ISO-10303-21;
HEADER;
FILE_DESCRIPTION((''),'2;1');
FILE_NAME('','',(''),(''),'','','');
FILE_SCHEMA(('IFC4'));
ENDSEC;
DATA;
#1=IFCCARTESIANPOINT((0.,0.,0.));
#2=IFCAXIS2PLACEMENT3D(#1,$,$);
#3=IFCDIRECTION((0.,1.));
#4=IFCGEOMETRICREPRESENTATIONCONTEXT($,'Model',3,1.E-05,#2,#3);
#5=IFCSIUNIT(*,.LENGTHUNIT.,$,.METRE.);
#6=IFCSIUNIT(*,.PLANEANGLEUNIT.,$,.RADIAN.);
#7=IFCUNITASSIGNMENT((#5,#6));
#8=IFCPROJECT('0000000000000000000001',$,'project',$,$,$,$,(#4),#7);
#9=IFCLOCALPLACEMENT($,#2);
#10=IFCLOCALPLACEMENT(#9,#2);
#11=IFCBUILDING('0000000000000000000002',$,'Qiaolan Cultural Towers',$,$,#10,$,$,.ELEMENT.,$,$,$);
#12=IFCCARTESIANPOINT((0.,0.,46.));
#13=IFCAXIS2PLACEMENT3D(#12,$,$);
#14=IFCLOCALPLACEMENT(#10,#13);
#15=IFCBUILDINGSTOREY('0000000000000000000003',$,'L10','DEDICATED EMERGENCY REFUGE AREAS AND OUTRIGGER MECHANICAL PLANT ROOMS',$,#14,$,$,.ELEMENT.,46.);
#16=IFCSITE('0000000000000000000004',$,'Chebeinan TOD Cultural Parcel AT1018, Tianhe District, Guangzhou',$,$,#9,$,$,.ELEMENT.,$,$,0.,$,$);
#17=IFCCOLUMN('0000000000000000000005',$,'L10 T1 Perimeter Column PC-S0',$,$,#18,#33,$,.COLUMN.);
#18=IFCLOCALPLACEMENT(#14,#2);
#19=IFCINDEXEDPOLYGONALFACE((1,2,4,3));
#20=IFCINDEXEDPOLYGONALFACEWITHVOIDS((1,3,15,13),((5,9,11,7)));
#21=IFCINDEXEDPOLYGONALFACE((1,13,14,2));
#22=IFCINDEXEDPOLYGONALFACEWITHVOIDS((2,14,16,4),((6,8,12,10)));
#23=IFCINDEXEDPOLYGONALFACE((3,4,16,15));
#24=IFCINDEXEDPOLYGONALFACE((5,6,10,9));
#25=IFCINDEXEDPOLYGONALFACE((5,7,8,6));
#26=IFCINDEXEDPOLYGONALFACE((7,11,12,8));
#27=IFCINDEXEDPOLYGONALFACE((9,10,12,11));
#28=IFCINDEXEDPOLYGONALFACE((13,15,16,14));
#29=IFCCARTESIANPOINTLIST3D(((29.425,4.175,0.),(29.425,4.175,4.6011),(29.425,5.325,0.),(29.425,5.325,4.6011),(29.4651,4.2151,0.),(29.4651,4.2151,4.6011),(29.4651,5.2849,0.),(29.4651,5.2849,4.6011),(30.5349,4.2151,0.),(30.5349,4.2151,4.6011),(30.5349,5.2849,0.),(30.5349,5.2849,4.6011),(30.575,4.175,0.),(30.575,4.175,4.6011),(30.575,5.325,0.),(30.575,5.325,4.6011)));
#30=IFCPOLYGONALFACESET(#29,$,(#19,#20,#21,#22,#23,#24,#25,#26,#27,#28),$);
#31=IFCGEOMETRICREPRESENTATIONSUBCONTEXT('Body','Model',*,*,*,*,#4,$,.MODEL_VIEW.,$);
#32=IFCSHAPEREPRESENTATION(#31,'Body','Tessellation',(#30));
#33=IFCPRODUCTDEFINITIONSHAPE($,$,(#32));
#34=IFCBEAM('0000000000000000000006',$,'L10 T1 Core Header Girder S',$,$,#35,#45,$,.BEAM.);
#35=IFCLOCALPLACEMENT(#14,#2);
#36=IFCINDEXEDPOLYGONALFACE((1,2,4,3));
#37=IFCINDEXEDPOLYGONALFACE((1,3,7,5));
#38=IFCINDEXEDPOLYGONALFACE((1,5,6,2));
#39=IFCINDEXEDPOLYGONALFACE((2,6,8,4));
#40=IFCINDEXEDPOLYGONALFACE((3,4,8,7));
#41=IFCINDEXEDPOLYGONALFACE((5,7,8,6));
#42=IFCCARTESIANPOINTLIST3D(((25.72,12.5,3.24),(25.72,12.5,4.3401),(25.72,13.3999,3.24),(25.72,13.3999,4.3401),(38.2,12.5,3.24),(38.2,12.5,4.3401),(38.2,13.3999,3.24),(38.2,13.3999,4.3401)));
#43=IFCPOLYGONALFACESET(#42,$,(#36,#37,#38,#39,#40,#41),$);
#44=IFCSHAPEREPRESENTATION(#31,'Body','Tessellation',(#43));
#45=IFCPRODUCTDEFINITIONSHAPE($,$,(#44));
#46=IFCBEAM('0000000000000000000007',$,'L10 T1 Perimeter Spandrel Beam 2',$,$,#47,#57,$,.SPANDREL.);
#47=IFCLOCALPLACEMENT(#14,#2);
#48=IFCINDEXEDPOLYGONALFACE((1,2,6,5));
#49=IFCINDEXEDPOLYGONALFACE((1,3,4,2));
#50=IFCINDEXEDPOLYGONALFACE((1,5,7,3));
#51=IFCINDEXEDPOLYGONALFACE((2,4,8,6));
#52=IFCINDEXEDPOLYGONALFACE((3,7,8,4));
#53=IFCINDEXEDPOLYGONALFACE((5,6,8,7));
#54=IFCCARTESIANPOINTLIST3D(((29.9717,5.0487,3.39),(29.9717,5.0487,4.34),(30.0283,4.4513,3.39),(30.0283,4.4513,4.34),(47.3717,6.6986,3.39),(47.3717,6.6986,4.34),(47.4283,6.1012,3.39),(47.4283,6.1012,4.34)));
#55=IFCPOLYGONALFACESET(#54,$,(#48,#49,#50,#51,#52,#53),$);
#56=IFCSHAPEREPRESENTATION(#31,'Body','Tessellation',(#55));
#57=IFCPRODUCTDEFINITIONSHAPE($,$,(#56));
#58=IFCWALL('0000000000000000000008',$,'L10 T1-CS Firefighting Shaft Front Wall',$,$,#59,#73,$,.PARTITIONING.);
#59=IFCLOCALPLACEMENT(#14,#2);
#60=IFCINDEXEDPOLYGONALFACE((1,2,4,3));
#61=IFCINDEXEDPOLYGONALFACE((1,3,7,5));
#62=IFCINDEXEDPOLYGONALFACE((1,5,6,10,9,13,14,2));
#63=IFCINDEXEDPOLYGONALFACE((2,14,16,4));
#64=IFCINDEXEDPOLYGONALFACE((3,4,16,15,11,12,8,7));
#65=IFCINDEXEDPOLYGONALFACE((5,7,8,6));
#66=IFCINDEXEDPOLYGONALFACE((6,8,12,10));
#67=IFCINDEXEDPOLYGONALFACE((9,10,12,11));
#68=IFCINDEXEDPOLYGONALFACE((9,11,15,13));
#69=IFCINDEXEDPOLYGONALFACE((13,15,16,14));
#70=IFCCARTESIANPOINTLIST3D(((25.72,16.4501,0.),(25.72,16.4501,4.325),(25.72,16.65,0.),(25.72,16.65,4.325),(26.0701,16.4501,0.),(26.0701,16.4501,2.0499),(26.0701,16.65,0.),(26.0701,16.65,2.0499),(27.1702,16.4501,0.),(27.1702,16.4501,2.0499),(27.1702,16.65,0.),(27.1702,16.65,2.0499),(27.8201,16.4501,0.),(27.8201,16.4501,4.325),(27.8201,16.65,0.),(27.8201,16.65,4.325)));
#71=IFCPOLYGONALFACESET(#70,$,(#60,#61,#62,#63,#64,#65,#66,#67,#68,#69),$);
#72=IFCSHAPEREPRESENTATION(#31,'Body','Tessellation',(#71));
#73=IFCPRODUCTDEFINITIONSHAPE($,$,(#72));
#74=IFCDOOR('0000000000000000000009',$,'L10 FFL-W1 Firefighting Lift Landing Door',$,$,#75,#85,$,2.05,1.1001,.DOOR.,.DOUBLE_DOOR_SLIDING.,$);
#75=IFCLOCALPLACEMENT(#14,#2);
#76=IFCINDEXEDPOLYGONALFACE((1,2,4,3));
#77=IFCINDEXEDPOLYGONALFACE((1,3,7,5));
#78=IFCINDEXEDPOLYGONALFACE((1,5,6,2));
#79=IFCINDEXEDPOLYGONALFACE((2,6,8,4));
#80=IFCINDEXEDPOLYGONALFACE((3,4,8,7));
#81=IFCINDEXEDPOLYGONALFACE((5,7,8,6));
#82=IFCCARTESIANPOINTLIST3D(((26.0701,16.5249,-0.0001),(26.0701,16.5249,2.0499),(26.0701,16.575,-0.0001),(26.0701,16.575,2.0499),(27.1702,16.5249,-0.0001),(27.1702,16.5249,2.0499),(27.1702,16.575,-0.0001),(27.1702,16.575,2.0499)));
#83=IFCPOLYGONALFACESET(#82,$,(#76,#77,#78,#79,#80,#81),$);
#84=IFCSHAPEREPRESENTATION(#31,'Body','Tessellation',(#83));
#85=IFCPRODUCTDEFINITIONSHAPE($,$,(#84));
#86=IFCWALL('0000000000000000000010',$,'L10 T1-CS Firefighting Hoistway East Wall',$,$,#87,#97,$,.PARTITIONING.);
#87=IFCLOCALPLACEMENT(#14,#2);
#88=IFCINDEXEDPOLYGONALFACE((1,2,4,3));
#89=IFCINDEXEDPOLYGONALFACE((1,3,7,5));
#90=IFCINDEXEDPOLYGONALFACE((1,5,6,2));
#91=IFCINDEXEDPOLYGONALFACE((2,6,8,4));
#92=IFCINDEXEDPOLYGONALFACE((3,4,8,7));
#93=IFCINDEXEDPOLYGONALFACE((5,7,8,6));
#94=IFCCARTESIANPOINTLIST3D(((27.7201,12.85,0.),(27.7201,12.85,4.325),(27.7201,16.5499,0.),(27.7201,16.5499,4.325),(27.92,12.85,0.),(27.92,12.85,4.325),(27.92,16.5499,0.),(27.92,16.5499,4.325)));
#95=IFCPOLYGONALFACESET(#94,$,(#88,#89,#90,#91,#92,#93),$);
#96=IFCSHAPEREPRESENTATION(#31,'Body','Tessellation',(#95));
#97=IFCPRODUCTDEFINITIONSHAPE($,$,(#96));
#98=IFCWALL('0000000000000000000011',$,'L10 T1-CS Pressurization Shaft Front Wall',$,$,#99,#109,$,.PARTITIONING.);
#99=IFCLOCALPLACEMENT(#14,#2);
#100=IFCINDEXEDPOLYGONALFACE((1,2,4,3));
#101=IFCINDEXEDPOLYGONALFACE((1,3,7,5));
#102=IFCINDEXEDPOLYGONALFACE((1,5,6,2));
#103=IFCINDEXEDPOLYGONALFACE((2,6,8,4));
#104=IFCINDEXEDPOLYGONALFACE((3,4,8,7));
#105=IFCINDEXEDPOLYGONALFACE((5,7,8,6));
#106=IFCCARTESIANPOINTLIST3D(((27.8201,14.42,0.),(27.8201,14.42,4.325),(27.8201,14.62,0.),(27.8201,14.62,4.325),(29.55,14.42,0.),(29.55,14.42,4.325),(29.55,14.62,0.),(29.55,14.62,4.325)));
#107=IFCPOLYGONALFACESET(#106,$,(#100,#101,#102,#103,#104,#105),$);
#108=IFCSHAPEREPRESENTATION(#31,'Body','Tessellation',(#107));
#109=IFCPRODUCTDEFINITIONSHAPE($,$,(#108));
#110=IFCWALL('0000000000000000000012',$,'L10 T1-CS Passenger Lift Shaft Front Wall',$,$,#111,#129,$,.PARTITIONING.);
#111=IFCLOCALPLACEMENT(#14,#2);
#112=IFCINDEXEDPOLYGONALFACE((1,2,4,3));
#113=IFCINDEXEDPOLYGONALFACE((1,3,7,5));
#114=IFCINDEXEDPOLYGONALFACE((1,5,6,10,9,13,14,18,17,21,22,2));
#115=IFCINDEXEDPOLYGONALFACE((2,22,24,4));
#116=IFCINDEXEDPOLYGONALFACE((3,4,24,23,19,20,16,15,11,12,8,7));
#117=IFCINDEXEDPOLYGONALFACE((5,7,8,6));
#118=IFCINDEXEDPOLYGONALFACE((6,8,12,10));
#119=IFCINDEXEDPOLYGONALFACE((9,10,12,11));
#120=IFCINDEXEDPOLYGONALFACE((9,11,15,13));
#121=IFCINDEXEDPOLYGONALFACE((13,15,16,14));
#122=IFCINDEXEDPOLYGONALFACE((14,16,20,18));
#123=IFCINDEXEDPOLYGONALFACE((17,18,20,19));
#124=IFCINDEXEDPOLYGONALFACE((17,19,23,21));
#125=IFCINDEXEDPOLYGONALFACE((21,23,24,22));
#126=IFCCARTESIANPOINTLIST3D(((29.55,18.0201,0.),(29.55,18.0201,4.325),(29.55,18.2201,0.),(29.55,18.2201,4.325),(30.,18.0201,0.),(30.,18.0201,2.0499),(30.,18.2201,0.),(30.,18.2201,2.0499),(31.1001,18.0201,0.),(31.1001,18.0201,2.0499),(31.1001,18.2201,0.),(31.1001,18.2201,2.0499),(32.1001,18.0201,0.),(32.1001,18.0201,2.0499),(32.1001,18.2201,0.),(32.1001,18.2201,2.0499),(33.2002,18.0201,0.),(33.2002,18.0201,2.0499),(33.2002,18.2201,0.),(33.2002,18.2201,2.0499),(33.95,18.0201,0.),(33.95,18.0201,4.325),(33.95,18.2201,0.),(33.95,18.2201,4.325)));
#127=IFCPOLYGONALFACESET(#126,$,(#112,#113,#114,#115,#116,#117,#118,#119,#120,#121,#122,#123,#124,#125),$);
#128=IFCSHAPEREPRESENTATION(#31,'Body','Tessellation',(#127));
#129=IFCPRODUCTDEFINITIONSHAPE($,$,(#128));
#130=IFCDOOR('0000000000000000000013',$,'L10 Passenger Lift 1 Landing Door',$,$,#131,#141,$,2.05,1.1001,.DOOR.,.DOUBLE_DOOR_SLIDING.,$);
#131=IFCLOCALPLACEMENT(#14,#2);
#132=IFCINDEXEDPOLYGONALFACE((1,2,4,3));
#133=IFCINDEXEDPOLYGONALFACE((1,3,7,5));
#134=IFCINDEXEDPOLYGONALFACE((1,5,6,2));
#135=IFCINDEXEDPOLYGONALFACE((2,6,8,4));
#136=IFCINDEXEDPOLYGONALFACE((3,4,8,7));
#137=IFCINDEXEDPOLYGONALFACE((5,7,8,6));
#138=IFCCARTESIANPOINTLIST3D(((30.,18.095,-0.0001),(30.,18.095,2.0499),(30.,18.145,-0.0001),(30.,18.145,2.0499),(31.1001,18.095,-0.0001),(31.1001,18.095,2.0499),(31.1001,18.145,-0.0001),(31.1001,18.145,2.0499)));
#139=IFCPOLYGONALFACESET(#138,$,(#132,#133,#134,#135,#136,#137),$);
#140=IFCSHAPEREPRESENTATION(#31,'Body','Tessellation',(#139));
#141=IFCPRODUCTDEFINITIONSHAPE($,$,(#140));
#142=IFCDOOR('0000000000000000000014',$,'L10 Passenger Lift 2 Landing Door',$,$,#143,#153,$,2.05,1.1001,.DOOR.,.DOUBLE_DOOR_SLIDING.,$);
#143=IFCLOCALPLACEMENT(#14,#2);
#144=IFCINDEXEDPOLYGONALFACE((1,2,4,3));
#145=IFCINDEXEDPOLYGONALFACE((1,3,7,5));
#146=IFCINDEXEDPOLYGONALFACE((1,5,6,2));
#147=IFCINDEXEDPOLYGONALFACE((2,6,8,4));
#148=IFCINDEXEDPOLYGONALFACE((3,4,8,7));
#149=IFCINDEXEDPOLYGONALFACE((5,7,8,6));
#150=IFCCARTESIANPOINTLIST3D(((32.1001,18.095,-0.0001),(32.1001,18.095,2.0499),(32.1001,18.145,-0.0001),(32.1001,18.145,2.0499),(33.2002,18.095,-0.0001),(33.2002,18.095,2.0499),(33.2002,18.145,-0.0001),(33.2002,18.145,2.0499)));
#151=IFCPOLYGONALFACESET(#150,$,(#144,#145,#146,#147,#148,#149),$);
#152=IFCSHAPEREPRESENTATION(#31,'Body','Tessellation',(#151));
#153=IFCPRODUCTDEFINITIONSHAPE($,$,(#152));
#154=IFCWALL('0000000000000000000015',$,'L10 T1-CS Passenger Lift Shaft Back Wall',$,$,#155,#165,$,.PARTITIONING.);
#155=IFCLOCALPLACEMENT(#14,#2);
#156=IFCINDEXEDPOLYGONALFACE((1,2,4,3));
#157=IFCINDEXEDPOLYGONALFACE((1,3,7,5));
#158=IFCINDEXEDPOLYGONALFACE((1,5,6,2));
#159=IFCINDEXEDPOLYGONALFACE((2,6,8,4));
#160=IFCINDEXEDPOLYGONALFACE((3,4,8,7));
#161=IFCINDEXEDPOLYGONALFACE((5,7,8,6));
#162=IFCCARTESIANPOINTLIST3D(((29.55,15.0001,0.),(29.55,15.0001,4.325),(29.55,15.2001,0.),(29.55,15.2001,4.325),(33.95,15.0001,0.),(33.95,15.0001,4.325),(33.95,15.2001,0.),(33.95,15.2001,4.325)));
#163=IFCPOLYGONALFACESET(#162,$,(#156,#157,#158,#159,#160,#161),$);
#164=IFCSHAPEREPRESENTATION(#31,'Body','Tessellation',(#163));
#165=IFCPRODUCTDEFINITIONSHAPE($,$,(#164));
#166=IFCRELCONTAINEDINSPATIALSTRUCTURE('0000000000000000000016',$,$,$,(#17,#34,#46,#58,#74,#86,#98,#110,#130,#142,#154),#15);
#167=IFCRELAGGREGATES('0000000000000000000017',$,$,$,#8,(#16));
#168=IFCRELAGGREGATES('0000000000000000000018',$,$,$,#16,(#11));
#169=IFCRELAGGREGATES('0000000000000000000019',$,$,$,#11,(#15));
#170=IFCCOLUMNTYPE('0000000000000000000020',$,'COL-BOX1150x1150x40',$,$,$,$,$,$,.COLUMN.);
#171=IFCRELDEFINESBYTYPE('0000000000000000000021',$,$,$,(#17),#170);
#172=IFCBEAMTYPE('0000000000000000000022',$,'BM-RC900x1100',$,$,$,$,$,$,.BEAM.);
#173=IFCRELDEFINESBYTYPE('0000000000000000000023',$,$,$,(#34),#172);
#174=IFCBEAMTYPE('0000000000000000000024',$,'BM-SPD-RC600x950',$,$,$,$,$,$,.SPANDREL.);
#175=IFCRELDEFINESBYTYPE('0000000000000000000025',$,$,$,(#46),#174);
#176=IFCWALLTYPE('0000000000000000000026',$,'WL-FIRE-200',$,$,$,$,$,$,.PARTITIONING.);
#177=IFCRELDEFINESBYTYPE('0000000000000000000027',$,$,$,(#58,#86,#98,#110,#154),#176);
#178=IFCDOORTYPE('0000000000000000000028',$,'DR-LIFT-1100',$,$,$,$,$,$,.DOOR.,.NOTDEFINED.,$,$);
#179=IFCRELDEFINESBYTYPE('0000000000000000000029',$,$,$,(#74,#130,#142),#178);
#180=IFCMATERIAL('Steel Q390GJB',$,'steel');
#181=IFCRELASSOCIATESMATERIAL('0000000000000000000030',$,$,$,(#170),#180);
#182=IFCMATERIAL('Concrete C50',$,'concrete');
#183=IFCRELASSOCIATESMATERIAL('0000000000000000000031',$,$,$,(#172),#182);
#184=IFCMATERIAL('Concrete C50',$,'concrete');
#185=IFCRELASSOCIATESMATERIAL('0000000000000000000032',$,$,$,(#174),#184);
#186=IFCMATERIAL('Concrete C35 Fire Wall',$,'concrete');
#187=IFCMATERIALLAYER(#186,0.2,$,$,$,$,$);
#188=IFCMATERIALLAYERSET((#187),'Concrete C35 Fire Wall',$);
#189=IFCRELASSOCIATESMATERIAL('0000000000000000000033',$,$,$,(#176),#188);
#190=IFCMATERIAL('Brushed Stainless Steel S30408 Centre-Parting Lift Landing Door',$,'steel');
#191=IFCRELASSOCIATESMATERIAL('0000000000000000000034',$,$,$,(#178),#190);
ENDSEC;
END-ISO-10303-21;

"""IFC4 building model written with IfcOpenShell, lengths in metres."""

from ifc_helpers import new_model, si_unit, direction, frame, frame_2d, origin, origin_2d, place, context, subcontext, project, spatial, rectangle, hollow_rectangle, extrude, material, layer, layer_set, material_profile, profile_set, type_object, element, fill, save


model = new_model("IFC4")

# Units and contexts
model_context = context("Model", 3, precision=1e-05, world=origin(), true_north=direction((0.0, 1.0)))
body_context = subcontext(model_context, "Body", "Model", "MODEL_VIEW")
ifc_project = project(units=[si_unit("LENGTHUNIT", "METRE"), si_unit("PLANEANGLEUNIT", "RADIAN")], contexts=[model_context])

# Site, building, storey
site_placement = place(None, origin())
site = spatial("IfcSite", under=ifc_project, at=site_placement, Name="Chebeinan TOD Cultural Parcel AT1018, Tianhe District, Guangzhou", CompositionType="ELEMENT", RefElevation=0.0)
building_placement = place(site_placement, origin())
building = spatial("IfcBuilding", under=site, at=building_placement, Name="Qiaolan Cultural Towers", CompositionType="ELEMENT")
storey_placement = place(building_placement, frame((0.0, 0.0, 46.0)))
storey = spatial("IfcBuildingStorey", under=building, at=storey_placement, Name="L10", Description="DEDICATED EMERGENCY REFUGE AREAS AND OUTRIGGER MECHANICAL PLANT ROOMS", CompositionType="ELEMENT", Elevation=46.0)

# Column
ifc_material_1 = material(Name="Steel Q390GJB", Category="steel")
ifc_material_profile_1 = material_profile(ifc_material_1, hollow_rectangle(XDim=1.1499, YDim=1.1499, WallThickness=0.04, at=origin_2d()), Name="BOX1150x1150x40")
ifc_profile_set_1 = profile_set([ifc_material_profile_1], Name="Steel Q390GJB")
column_type = type_object("IfcColumnType", Name="COL-BOX1150x1150x40", PredefinedType="COLUMN", material=ifc_profile_set_1)
column_placement = place(storey_placement, frame((30.0, 4.75, 0.0), z_axis=(0.0, 0.0, 1.0), x_axis=(1.0, 0.0, 0.0)))
element("IfcColumn", 1, at=column_placement, inside=storey, type_object=column_type, Name="L10 T1 Perimeter Column PC-S0", PredefinedType="COLUMN", context=body_context, shape_type="SweptSolid", body=[
    extrude(hollow_rectangle(XDim=1.1499, YDim=1.1499, WallThickness=0.04, at=origin_2d()), origin(), (0.0, 0.0, 1.0), 4.6011),
])

# Beams
ifc_material_2 = material(Name="Concrete C50", Category="concrete")
ifc_material_profile_2 = material_profile(ifc_material_2, rectangle(XDim=0.8999, YDim=1.1001, at=origin_2d()), Name="RC900x1100")
ifc_profile_set_2 = profile_set([ifc_material_profile_2], Name="Concrete C50")
beam_type_1 = type_object("IfcBeamType", Name="BM-RC900x1100", PredefinedType="BEAM", material=ifc_profile_set_2)
beam_1_placement = place(storey_placement, frame((25.72, 12.95, 3.79), z_axis=(1.0, 0.0, 0.0), x_axis=(0.0, 1.0, 0.0)))
element("IfcBeam", 2, at=beam_1_placement, inside=storey, type_object=beam_type_1, Name="L10 T1 Core Header Girder S", PredefinedType="BEAM", context=body_context, shape_type="SweptSolid", body=[
    extrude(rectangle(XDim=0.8999, YDim=1.1001, at=origin_2d()), origin(), (0.0, 0.0, 1.0), 12.48),
])
ifc_material_3 = material(Name="Concrete C50", Category="concrete")
ifc_material_profile_3 = material_profile(ifc_material_3, rectangle(XDim=0.6001, YDim=0.95, at=origin_2d()), Name="RC600x950")
ifc_profile_set_3 = profile_set([ifc_material_profile_3], Name="Concrete C50")
beam_type_2 = type_object("IfcBeamType", Name="BM-SPD-RC600x950", PredefinedType="SPANDREL", material=ifc_profile_set_3)
beam_2_placement = place(storey_placement, frame((30.0, 4.75, 3.865), z_axis=(0.995534, 0.094399, 0.0), x_axis=(-0.094399, 0.995534, 0.0)))
element("IfcBeam", 3, at=beam_2_placement, inside=storey, type_object=beam_type_2, Name="L10 T1 Perimeter Spandrel Beam 2", PredefinedType="SPANDREL", context=body_context, shape_type="SweptSolid", body=[
    extrude(rectangle(XDim=0.6001, YDim=0.95, at=origin_2d()), origin(), (0.0, 0.0, 1.0), 17.478),
])

# Wall, opening, door
ifc_material_4 = material(Name="Concrete C35 Fire Wall", Category="concrete")
ifc_layer_1 = layer(ifc_material_4, 0.2)
ifc_layer_set_1 = layer_set([ifc_layer_1], Name="Concrete C35 Fire Wall")
wall_type_1 = type_object("IfcWallType", Name="WL-FIRE-200", PredefinedType="PARTITIONING", material=ifc_layer_set_1)
wall_1_placement = place(storey_placement, frame((25.72, 16.55, 0.0), z_axis=(0.0, 0.0, 1.0), x_axis=(1.0, 0.0, 0.0)))
wall_1 = element("IfcWall", 4, at=wall_1_placement, inside=storey, type_object=wall_type_1, Name="L10 T1-CS Firefighting Shaft Front Wall", PredefinedType="PARTITIONING", context=body_context, shape_type="SweptSolid", body=[
    extrude(rectangle(XDim=2.1001, YDim=0.2, at=frame_2d((1.05, 0.0))), origin(), (0.0, 0.0, 1.0), 4.325),
])
opening_1_placement = place(wall_1_placement, frame((0.3501, 0.0, 0.0)))
opening_1 = element("IfcOpeningElement", 5, at=opening_1_placement, cuts=wall_1, PredefinedType="OPENING", context=body_context, shape_type="SweptSolid", body=[
    extrude(rectangle(XDim=1.1001, YDim=2.05, at=frame_2d((0.55, 1.0249))), frame((0.0, 0.1099, 0.0), z_axis=(0.0, -1.0, 0.0), x_axis=(1.0, 0.0, 0.0)), (0.0, 0.0, 1.0), 0.22),
])
ifc_material_5 = material(Name="Brushed Stainless Steel S30408 Centre-Parting Lift Landing Door", Category="steel")
door_type = type_object("IfcDoorType", Name="DR-LIFT-1100", OperationType="NOTDEFINED", PredefinedType="DOOR", material=ifc_material_5)
door_1_placement = place(opening_1_placement, origin())
door_1 = element("IfcDoor", 6, at=door_1_placement, inside=storey, type_object=door_type, Name="L10 FFL-W1 Firefighting Lift Landing Door", OperationType="DOUBLE_DOOR_SLIDING", OverallHeight=2.05, OverallWidth=1.1001, PredefinedType="DOOR", context=body_context, shape_type="SweptSolid", body=[
    extrude(rectangle(XDim=1.1001, YDim=2.05, at=frame_2d((0.55, 1.0249))), frame((0.0, 0.0249, 0.0), z_axis=(0.0, -1.0, 0.0), x_axis=(1.0, 0.0, 0.0)), (0.0, 0.0, 1.0), 0.05),
])
fill(opening_1, door_1)

# Walls
wall_2_placement = place(storey_placement, frame((27.8201, 16.55, 0.0), z_axis=(0.0, 0.0, 1.0), x_axis=(0.0, -1.0, 0.0)))
element("IfcWall", 7, at=wall_2_placement, inside=storey, type_object=wall_type_1, Name="L10 T1-CS Firefighting Hoistway East Wall", PredefinedType="PARTITIONING", context=body_context, shape_type="SweptSolid", body=[
    extrude(rectangle(XDim=3.7, YDim=0.2, at=frame_2d((1.8501, 0.0))), origin(), (0.0, 0.0, 1.0), 4.325),
])
wall_3_placement = place(storey_placement, frame((27.8201, 14.52, 0.0), z_axis=(0.0, 0.0, 1.0), x_axis=(1.0, 0.0, 0.0)))
element("IfcWall", 8, at=wall_3_placement, inside=storey, type_object=wall_type_1, Name="L10 T1-CS Pressurization Shaft Front Wall", PredefinedType="PARTITIONING", context=body_context, shape_type="SweptSolid", body=[
    extrude(rectangle(XDim=1.73, YDim=0.2, at=frame_2d((0.865, 0.0))), origin(), (0.0, 0.0, 1.0), 4.325),
])

# Wall, openings, doors
wall_4_placement = place(storey_placement, frame((29.55, 18.1201, 0.0), z_axis=(0.0, 0.0, 1.0), x_axis=(1.0, 0.0, 0.0)))
wall_4 = element("IfcWall", 9, at=wall_4_placement, inside=storey, type_object=wall_type_1, Name="L10 T1-CS Passenger Lift Shaft Front Wall", PredefinedType="PARTITIONING", context=body_context, shape_type="SweptSolid", body=[
    extrude(rectangle(XDim=4.3999, YDim=0.2, at=frame_2d((2.2, 0.0))), origin(), (0.0, 0.0, 1.0), 4.325),
])
opening_2_placement = place(wall_4_placement, frame((0.45, 0.0, 0.0)))
opening_2 = element("IfcOpeningElement", 10, at=opening_2_placement, cuts=wall_4, PredefinedType="OPENING", context=body_context, shape_type="SweptSolid", body=[
    extrude(rectangle(XDim=1.1001, YDim=2.05, at=frame_2d((0.55, 1.0249))), frame((0.0, 0.1099, 0.0), z_axis=(0.0, -1.0, 0.0), x_axis=(1.0, 0.0, 0.0)), (0.0, 0.0, 1.0), 0.22),
])
opening_3_placement = place(wall_4_placement, frame((2.55, 0.0, 0.0)))
opening_3 = element("IfcOpeningElement", 11, at=opening_3_placement, cuts=wall_4, PredefinedType="OPENING", context=body_context, shape_type="SweptSolid", body=[
    extrude(rectangle(XDim=1.1001, YDim=2.05, at=frame_2d((0.55, 1.0249))), frame((0.0, 0.1099, 0.0), z_axis=(0.0, -1.0, 0.0), x_axis=(1.0, 0.0, 0.0)), (0.0, 0.0, 1.0), 0.22),
])
door_2_placement = place(opening_2_placement, origin())
door_2 = element("IfcDoor", 12, at=door_2_placement, inside=storey, type_object=door_type, Name="L10 Passenger Lift 1 Landing Door", OperationType="DOUBLE_DOOR_SLIDING", OverallHeight=2.05, OverallWidth=1.1001, PredefinedType="DOOR", context=body_context, shape_type="SweptSolid", body=[
    extrude(rectangle(XDim=1.1001, YDim=2.05, at=frame_2d((0.55, 1.0249))), frame((0.0, 0.0249, 0.0), z_axis=(0.0, -1.0, 0.0), x_axis=(1.0, 0.0, 0.0)), (0.0, 0.0, 1.0), 0.05),
])
fill(opening_2, door_2)
door_3_placement = place(opening_3_placement, origin())
door_3 = element("IfcDoor", 13, at=door_3_placement, inside=storey, type_object=door_type, Name="L10 Passenger Lift 2 Landing Door", OperationType="DOUBLE_DOOR_SLIDING", OverallHeight=2.05, OverallWidth=1.1001, PredefinedType="DOOR", context=body_context, shape_type="SweptSolid", body=[
    extrude(rectangle(XDim=1.1001, YDim=2.05, at=frame_2d((0.55, 1.0249))), frame((0.0, 0.0249, 0.0), z_axis=(0.0, -1.0, 0.0), x_axis=(1.0, 0.0, 0.0)), (0.0, 0.0, 1.0), 0.05),
])
fill(opening_3, door_3)

# Wall
wall_5_placement = place(storey_placement, frame((29.55, 15.1001, 0.0), z_axis=(0.0, 0.0, 1.0), x_axis=(1.0, 0.0, 0.0)))
element("IfcWall", 14, at=wall_5_placement, inside=storey, type_object=wall_type_1, Name="L10 T1-CS Passenger Lift Shaft Back Wall", PredefinedType="PARTITIONING", context=body_context, shape_type="SweptSolid", body=[
    extrude(rectangle(XDim=4.3999, YDim=0.2, at=frame_2d((2.2, 0.0))), origin(), (0.0, 0.0, 1.0), 4.325),
])

save(model, "model.ifc")
